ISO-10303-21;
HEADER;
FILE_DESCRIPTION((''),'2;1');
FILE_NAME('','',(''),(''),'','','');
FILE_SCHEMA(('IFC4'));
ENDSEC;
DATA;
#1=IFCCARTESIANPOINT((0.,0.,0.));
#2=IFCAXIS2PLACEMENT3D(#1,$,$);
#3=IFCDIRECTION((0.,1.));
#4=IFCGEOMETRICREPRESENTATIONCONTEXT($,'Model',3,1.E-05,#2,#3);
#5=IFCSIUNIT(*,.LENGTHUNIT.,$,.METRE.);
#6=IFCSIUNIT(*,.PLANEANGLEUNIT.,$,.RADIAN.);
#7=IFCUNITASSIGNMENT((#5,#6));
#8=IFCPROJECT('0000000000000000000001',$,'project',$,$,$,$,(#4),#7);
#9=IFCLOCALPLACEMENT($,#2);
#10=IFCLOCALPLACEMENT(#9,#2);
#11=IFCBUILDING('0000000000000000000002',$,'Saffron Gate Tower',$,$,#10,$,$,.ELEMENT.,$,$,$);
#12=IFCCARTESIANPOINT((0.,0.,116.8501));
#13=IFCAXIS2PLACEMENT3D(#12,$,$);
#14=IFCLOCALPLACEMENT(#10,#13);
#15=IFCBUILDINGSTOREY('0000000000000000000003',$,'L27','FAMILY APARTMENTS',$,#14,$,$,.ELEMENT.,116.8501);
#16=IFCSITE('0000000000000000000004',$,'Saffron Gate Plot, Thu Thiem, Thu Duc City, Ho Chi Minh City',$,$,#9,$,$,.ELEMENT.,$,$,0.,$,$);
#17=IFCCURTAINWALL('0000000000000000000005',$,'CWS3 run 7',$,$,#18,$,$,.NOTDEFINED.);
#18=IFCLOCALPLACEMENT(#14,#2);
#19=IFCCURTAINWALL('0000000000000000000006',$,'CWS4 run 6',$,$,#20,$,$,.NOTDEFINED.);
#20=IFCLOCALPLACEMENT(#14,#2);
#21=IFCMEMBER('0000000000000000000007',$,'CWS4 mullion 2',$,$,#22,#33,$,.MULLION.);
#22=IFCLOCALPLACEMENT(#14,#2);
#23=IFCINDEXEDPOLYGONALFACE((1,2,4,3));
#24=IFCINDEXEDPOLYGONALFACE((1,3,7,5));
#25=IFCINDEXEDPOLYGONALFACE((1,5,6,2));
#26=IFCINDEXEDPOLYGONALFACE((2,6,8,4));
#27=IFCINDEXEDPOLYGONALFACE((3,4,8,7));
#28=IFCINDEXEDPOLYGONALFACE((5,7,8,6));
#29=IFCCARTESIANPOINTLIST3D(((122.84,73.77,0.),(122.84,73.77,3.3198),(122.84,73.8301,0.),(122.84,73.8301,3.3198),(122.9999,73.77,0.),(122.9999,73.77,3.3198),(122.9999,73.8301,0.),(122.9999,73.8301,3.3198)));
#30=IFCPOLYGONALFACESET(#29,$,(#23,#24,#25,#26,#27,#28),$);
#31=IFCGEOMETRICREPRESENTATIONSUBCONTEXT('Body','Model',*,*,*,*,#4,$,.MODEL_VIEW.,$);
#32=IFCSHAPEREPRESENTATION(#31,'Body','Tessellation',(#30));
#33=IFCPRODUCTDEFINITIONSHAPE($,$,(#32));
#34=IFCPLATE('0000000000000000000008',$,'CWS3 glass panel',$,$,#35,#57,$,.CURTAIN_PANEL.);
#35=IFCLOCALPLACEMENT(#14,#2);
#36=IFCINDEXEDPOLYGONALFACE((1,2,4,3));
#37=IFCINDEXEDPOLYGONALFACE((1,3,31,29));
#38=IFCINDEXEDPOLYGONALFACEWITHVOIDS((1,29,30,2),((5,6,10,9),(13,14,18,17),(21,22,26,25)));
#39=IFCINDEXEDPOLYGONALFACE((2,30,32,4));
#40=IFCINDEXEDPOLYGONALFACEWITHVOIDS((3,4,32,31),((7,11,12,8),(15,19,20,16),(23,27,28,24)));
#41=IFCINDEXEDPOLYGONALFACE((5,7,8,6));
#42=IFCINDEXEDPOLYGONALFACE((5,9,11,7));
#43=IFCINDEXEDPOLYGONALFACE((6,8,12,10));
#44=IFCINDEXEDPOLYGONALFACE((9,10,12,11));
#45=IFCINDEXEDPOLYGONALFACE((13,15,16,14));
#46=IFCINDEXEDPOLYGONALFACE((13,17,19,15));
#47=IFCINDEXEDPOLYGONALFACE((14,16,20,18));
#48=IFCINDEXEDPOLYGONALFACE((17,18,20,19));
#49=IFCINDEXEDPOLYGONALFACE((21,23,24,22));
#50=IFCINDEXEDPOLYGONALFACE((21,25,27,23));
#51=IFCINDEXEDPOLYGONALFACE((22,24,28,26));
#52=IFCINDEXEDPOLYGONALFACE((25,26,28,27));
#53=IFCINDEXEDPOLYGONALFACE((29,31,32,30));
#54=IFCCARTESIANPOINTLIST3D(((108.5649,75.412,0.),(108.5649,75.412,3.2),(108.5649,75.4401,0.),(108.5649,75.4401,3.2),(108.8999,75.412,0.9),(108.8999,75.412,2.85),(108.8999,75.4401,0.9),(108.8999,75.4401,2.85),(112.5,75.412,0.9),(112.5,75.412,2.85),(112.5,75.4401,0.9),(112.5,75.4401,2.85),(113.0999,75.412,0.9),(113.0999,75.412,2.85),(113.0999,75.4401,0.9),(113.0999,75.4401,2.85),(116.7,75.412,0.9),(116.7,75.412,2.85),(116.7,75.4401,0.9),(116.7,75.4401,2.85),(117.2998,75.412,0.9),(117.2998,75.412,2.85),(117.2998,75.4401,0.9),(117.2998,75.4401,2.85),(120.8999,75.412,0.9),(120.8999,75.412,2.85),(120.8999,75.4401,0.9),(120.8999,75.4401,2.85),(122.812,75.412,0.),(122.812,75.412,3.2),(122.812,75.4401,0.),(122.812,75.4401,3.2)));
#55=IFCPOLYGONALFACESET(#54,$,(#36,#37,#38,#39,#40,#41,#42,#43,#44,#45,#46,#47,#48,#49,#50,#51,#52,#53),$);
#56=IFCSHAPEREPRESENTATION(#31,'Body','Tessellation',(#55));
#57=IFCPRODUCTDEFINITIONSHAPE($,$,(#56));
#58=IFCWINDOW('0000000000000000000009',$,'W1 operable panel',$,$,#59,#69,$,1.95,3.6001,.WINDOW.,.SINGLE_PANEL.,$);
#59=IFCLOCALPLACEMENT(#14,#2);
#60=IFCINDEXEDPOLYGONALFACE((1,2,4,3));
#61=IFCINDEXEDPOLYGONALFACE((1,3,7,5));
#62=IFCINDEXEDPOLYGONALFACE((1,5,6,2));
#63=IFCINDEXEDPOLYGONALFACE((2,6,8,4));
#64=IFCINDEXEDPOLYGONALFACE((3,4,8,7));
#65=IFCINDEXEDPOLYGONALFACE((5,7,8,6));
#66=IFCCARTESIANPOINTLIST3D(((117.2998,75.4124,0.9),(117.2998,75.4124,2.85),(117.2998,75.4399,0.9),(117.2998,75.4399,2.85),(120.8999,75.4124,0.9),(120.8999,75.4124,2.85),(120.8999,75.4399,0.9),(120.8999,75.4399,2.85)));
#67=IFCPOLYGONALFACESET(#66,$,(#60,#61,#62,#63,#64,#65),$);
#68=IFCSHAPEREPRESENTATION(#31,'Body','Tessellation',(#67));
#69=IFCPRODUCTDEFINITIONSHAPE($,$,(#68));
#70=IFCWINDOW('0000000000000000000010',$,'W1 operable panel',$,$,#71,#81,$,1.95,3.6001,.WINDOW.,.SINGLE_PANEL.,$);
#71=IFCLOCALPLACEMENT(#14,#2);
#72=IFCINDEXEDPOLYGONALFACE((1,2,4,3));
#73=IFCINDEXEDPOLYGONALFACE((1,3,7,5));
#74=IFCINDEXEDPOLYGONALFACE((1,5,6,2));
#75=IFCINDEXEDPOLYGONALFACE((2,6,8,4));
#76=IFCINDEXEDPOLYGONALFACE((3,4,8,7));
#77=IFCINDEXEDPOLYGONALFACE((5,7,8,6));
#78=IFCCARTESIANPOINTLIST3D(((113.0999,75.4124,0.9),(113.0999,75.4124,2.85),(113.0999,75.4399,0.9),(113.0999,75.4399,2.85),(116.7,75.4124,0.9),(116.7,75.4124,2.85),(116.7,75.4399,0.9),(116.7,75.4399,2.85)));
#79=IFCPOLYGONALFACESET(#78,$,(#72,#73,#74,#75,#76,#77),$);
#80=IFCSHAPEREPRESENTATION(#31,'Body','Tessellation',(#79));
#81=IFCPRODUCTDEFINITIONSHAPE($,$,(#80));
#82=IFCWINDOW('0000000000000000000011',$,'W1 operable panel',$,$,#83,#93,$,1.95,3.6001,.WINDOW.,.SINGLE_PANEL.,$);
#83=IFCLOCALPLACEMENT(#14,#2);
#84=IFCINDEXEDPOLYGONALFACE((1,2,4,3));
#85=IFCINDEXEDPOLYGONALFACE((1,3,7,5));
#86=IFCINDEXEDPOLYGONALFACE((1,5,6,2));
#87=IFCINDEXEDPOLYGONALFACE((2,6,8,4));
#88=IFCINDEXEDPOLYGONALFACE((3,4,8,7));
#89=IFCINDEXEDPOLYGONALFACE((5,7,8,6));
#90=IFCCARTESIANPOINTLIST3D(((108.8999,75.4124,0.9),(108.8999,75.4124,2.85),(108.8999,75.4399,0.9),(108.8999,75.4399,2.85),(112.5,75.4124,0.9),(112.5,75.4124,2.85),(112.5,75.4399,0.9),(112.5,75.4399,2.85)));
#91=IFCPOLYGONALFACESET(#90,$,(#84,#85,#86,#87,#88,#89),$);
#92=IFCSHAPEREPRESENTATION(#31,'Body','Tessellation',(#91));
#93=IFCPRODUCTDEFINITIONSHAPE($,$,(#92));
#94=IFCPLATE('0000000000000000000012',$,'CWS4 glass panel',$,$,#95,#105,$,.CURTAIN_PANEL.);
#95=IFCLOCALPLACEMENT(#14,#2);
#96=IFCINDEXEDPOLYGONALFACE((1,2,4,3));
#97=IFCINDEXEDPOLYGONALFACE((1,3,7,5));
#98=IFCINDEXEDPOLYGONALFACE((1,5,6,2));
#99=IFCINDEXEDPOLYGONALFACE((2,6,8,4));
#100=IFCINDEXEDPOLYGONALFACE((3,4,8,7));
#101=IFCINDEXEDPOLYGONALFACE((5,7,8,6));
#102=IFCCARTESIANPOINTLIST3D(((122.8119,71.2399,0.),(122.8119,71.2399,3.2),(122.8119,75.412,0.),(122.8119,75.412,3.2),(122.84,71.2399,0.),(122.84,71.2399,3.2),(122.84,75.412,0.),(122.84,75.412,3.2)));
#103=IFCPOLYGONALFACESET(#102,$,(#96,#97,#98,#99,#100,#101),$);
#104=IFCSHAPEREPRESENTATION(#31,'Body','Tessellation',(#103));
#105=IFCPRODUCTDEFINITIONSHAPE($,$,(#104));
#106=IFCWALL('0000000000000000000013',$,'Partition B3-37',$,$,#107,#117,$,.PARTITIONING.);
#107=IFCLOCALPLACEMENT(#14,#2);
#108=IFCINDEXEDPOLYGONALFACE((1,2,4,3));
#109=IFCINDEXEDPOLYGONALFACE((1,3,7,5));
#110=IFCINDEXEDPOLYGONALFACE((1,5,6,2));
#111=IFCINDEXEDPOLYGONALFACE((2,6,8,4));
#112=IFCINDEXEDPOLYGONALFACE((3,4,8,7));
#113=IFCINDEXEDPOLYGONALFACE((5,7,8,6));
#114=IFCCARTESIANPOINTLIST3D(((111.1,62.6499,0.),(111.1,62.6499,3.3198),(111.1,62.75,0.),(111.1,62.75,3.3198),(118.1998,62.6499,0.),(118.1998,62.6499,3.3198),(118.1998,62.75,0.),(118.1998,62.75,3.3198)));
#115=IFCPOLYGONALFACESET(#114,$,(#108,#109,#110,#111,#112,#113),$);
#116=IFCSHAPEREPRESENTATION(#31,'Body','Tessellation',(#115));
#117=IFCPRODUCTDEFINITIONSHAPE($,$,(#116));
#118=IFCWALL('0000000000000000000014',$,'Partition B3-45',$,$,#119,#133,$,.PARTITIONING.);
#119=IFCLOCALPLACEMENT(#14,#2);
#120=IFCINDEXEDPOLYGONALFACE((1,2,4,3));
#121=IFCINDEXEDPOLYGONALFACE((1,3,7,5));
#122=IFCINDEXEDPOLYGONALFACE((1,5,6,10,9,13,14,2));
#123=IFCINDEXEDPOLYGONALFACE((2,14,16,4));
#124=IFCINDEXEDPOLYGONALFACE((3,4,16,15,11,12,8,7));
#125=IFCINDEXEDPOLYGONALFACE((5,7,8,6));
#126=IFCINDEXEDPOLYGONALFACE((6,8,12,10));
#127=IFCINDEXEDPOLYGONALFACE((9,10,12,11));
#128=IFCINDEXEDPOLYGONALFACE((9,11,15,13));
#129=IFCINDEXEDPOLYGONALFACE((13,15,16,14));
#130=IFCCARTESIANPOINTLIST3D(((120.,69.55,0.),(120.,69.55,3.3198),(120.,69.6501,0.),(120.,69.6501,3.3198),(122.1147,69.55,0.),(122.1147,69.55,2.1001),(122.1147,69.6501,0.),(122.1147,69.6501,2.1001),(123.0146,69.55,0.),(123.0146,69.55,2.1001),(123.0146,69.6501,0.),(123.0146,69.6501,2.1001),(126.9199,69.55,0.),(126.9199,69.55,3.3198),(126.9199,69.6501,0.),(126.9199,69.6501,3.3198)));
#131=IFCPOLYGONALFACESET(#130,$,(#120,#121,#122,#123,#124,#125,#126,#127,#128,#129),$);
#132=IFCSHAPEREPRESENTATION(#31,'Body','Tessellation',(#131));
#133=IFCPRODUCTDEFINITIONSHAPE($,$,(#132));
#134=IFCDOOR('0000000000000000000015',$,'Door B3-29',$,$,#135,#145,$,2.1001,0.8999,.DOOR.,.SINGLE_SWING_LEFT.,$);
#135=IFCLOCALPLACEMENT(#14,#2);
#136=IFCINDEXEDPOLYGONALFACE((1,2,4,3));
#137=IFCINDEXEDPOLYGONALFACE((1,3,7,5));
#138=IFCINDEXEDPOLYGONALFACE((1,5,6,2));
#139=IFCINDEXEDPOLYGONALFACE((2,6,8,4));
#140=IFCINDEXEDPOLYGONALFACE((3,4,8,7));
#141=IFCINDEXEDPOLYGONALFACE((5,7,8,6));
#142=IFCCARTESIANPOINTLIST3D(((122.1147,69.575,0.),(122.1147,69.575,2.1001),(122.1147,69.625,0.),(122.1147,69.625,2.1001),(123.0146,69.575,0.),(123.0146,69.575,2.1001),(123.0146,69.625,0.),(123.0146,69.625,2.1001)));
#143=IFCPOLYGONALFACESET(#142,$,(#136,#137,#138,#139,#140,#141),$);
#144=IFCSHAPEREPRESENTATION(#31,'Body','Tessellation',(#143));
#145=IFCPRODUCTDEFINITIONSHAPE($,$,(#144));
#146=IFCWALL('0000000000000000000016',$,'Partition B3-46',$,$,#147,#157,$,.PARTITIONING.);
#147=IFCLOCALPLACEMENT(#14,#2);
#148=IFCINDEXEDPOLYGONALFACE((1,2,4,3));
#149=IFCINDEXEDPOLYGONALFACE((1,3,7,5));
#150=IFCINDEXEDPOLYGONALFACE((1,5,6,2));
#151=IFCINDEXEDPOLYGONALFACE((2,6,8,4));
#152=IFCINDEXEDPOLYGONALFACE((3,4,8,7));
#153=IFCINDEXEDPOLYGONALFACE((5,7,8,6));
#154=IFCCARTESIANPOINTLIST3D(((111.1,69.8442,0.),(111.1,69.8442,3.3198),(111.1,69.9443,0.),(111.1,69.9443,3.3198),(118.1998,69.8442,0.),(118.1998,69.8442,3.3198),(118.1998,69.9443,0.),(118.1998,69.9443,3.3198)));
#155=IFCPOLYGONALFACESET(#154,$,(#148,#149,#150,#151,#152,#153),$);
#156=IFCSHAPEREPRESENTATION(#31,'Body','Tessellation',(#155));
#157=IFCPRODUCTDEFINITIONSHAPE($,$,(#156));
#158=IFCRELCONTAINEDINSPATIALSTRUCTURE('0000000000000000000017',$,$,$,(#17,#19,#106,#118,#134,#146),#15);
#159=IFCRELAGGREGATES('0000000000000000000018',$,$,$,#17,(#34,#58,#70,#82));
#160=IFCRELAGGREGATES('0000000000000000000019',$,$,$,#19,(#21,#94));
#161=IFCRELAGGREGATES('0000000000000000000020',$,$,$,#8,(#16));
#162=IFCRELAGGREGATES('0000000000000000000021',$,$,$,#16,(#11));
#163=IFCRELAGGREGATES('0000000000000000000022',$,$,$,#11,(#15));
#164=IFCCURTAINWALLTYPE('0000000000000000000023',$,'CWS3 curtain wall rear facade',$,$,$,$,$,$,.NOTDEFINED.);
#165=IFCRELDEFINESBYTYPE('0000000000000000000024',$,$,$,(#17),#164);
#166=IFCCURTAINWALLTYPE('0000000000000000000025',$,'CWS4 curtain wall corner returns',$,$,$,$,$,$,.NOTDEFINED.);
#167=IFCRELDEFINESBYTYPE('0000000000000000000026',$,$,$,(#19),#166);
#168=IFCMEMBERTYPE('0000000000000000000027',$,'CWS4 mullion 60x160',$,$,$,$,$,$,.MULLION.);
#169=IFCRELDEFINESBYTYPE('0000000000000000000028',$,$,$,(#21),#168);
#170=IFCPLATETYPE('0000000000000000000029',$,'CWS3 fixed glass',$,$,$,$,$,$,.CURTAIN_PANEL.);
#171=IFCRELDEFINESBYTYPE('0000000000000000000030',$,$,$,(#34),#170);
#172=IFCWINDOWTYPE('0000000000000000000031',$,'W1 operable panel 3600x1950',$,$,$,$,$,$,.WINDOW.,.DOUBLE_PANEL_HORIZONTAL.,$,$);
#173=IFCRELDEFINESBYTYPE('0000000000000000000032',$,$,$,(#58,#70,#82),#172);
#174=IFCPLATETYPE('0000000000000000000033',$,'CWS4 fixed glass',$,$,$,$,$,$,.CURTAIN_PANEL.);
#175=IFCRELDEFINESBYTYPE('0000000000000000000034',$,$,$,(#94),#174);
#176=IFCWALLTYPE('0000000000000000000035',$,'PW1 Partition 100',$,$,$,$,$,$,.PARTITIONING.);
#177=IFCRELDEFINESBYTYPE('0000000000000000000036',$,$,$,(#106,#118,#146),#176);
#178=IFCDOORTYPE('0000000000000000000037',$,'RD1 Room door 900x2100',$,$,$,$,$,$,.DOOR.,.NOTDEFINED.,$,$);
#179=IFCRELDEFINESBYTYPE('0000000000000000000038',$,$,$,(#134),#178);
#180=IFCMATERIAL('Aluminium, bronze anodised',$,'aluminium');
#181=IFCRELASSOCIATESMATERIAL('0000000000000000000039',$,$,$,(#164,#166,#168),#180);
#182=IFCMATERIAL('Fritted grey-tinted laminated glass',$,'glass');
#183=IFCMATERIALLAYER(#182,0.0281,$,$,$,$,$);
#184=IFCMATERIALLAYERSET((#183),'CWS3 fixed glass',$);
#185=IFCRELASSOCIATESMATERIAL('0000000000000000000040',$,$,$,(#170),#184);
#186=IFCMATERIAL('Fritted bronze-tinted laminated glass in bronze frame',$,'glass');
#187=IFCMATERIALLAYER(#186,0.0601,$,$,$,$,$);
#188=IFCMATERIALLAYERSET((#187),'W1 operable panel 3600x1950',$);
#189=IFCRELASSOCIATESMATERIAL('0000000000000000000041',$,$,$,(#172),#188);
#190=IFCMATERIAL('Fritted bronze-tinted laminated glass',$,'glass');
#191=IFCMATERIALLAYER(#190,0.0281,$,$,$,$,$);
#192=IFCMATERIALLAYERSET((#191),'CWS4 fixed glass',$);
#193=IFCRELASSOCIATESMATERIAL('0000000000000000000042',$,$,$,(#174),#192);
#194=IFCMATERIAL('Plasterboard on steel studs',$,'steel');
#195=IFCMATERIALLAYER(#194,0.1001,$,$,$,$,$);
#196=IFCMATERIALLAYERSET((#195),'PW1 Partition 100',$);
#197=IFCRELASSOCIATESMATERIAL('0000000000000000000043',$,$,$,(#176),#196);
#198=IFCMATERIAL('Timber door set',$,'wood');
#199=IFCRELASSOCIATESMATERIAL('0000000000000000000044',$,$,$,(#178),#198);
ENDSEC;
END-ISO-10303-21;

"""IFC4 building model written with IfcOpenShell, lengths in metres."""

from ifc_helpers import new_model, si_unit, direction, frame, frame_2d, origin, origin_2d, place, context, subcontext, project, spatial, rectangle, extrude, material, layer, layer_set, material_profile, profile_set, type_object, element, fill, aggregate, save


model = new_model("IFC4")

# Units and contexts
model_context = context("Model", 3, precision=1e-05, world=origin(), true_north=direction((0.0, 1.0)))
body_context = subcontext(model_context, "Body", "Model", "MODEL_VIEW")
ifc_project = project(units=[si_unit("LENGTHUNIT", "METRE"), si_unit("PLANEANGLEUNIT", "RADIAN")], contexts=[model_context])

# Site, building, storey
site_placement = place(None, origin())
site = spatial("IfcSite", under=ifc_project, at=site_placement, Name="Saffron Gate Plot, Thu Thiem, Thu Duc City, Ho Chi Minh City", CompositionType="ELEMENT", RefElevation=0.0)
building_placement = place(site_placement, origin())
building = spatial("IfcBuilding", under=site, at=building_placement, Name="Saffron Gate Tower", CompositionType="ELEMENT")
storey_placement = place(building_placement, frame((0.0, 0.0, 116.8501)))
storey = spatial("IfcBuildingStorey", under=building, at=storey_placement, Name="L27", Description="FAMILY APARTMENTS", CompositionType="ELEMENT", Elevation=116.8501)

# Curtain walls, member
ifc_material_1 = material(Name="Aluminium, bronze anodised", Category="aluminium")
curtain_wall_type_1 = type_object("IfcCurtainWallType", Name="CWS3 curtain wall rear facade", PredefinedType="NOTDEFINED", material=ifc_material_1)
curtain_wall_1_placement = place(storey_placement, origin())
curtain_wall_1 = element("IfcCurtainWall", 1, at=curtain_wall_1_placement, inside=storey, type_object=curtain_wall_type_1, Name="CWS3 run 7", PredefinedType="NOTDEFINED")
curtain_wall_type_2 = type_object("IfcCurtainWallType", Name="CWS4 curtain wall corner returns", PredefinedType="NOTDEFINED", material=ifc_material_1)
curtain_wall_2_placement = place(storey_placement, origin())
curtain_wall_2 = element("IfcCurtainWall", 2, at=curtain_wall_2_placement, inside=storey, type_object=curtain_wall_type_2, Name="CWS4 run 6", PredefinedType="NOTDEFINED")
ifc_material_profile_1 = material_profile(ifc_material_1, rectangle(XDim=0.1599, YDim=0.0601, at=origin_2d()))
ifc_profile_set_1 = profile_set([ifc_material_profile_1], Name="Aluminium, bronze anodised")
member_type_1 = type_object("IfcMemberType", Name="CWS4 mullion 60x160", PredefinedType="MULLION", material=ifc_profile_set_1)
member_1_placement = place(storey_placement, frame((122.9199, 73.8, 0.0), z_axis=(0.0, 0.0, 1.0), x_axis=(-1.0, 0.0, 0.0)))
member_1 = element("IfcMember", 3, at=member_1_placement, type_object=member_type_1, Name="CWS4 mullion 2", PredefinedType="MULLION", context=body_context, shape_type="SweptSolid", body=[
    extrude(rectangle(XDim=0.1599, YDim=0.0601, at=origin_2d()), origin(), (0.0, 0.0, 1.0), 3.3198),
])

# Plate, openings, windows
ifc_material_2 = material(Name="Fritted grey-tinted laminated glass", Category="glass")
ifc_layer_1 = layer(ifc_material_2, 0.0281)
ifc_layer_set_1 = layer_set([ifc_layer_1], Name="CWS3 fixed glass")
plate_type_1 = type_object("IfcPlateType", Name="CWS3 fixed glass", PredefinedType="CURTAIN_PANEL", material=ifc_layer_set_1)
plate_1_placement = place(storey_placement, frame((122.812, 75.426, 0.0), z_axis=(0.0, 0.0, 1.0), x_axis=(-1.0, 0.0, 0.0)))
plate_1 = element("IfcPlate", 4, at=plate_1_placement, type_object=plate_type_1, Name="CWS3 glass panel", PredefinedType="CURTAIN_PANEL", context=body_context, shape_type="SweptSolid", body=[
    extrude(rectangle(XDim=14.2471, YDim=0.0281, at=frame_2d((7.1235, 0.0))), origin(), (0.0, 0.0, 1.0), 3.2),
])
opening_1_placement = place(plate_1_placement, frame((1.9121, 0.0, 0.8999)))
opening_1 = element("IfcOpeningElement", 5, at=opening_1_placement, cuts=plate_1, PredefinedType="OPENING", context=body_context, shape_type="SweptSolid", body=[
    extrude(rectangle(XDim=3.6001, YDim=1.95, at=frame_2d((1.8, 0.9751))), frame((0.0, 0.0239, 0.0), z_axis=(0.0, -1.0, 0.0), x_axis=(1.0, 0.0, 0.0)), (0.0, 0.0, 1.0), 0.0481),
])
opening_2_placement = place(plate_1_placement, frame((6.1121, 0.0, 0.8999)))
opening_2 = element("IfcOpeningElement", 6, at=opening_2_placement, cuts=plate_1, PredefinedType="OPENING", context=body_context, shape_type="SweptSolid", body=[
    extrude(rectangle(XDim=3.6001, YDim=1.95, at=frame_2d((1.8, 0.9751))), frame((0.0, 0.0239, 0.0), z_axis=(0.0, -1.0, 0.0), x_axis=(1.0, 0.0, 0.0)), (0.0, 0.0, 1.0), 0.0481),
])
opening_3_placement = place(plate_1_placement, frame((10.312, 0.0, 0.8999)))
opening_3 = element("IfcOpeningElement", 7, at=opening_3_placement, cuts=plate_1, PredefinedType="OPENING", context=body_context, shape_type="SweptSolid", body=[
    extrude(rectangle(XDim=3.6001, YDim=1.95, at=frame_2d((1.8, 0.9751))), frame((0.0, 0.0239, 0.0), z_axis=(0.0, -1.0, 0.0), x_axis=(1.0, 0.0, 0.0)), (0.0, 0.0, 1.0), 0.0481),
])
ifc_material_3 = material(Name="Fritted bronze-tinted laminated glass in bronze frame", Category="glass")
ifc_layer_2 = layer(ifc_material_3, 0.0601)
ifc_layer_set_2 = layer_set([ifc_layer_2], Name="W1 operable panel 3600x1950")
window_type = type_object("IfcWindowType", Name="W1 operable panel 3600x1950", PartitioningType="DOUBLE_PANEL_HORIZONTAL", PredefinedType="WINDOW", material=ifc_layer_set_2)
window_1_placement = place(opening_1_placement, origin())
window_1 = element("IfcWindow", 8, at=window_1_placement, type_object=window_type, Name="W1 operable panel", OverallHeight=1.95, OverallWidth=3.6001, PartitioningType="SINGLE_PANEL", PredefinedType="WINDOW", context=body_context, shape_type="SweptSolid", body=[
    extrude(rectangle(XDim=3.6001, YDim=1.95, at=frame_2d((1.8, 0.9751))), frame((0.0, 0.0137, 0.0), z_axis=(0.0, -1.0, 0.0), x_axis=(1.0, 0.0, 0.0)), (0.0, 0.0, 1.0), 0.0276),
])
fill(opening_1, window_1)
window_2_placement = place(opening_2_placement, origin())
window_2 = element("IfcWindow", 9, at=window_2_placement, type_object=window_type, Name="W1 operable panel", OverallHeight=1.95, OverallWidth=3.6001, PartitioningType="SINGLE_PANEL", PredefinedType="WINDOW", context=body_context, shape_type="SweptSolid", body=[
    extrude(rectangle(XDim=3.6001, YDim=1.95, at=frame_2d((1.8, 0.9751))), frame((0.0, 0.0137, 0.0), z_axis=(0.0, -1.0, 0.0), x_axis=(1.0, 0.0, 0.0)), (0.0, 0.0, 1.0), 0.0276),
])
fill(opening_2, window_2)
window_3_placement = place(opening_3_placement, origin())
window_3 = element("IfcWindow", 10, at=window_3_placement, type_object=window_type, Name="W1 operable panel", OverallHeight=1.95, OverallWidth=3.6001, PartitioningType="SINGLE_PANEL", PredefinedType="WINDOW", context=body_context, shape_type="SweptSolid", body=[
    extrude(rectangle(XDim=3.6001, YDim=1.95, at=frame_2d((1.8, 0.9751))), frame((0.0, 0.0137, 0.0), z_axis=(0.0, -1.0, 0.0), x_axis=(1.0, 0.0, 0.0)), (0.0, 0.0, 1.0), 0.0276),
])
fill(opening_3, window_3)
aggregate(curtain_wall_1, [plate_1, window_1, window_2, window_3])

# Plate
ifc_material_4 = material(Name="Fritted bronze-tinted laminated glass", Category="glass")
ifc_layer_3 = layer(ifc_material_4, 0.0281)
ifc_layer_set_3 = layer_set([ifc_layer_3], Name="CWS4 fixed glass")
plate_type_2 = type_object("IfcPlateType", Name="CWS4 fixed glass", PredefinedType="CURTAIN_PANEL", material=ifc_layer_set_3)
plate_2_placement = place(storey_placement, frame((122.8259, 71.24, 0.0), z_axis=(0.0, 0.0, 1.0), x_axis=(0.0, 1.0, 0.0)))
plate_2 = element("IfcPlate", 11, at=plate_2_placement, type_object=plate_type_2, Name="CWS4 glass panel", PredefinedType="CURTAIN_PANEL", context=body_context, shape_type="SweptSolid", body=[
    extrude(rectangle(XDim=4.1721, YDim=0.0281, at=frame_2d((2.0859, 0.0))), origin(), (0.0, 0.0, 1.0), 3.2),
])
aggregate(curtain_wall_2, [member_1, plate_2])

# Wall
ifc_material_5 = material(Name="Plasterboard on steel studs", Category="steel")
ifc_layer_4 = layer(ifc_material_5, 0.1001)
ifc_layer_set_4 = layer_set([ifc_layer_4], Name="PW1 Partition 100")
wall_type = type_object("IfcWallType", Name="PW1 Partition 100", PredefinedType="PARTITIONING", material=ifc_layer_set_4)
wall_1_placement = place(storey_placement, frame((111.1001, 62.7, 0.0), z_axis=(0.0, 0.0, 1.0), x_axis=(1.0, 0.0, 0.0)))
element("IfcWall", 12, at=wall_1_placement, inside=storey, type_object=wall_type, Name="Partition B3-37", PredefinedType="PARTITIONING", context=body_context, shape_type="SweptSolid", body=[
    extrude(rectangle(XDim=7.0999, YDim=0.1001, at=frame_2d((3.5498, 0.0))), origin(), (0.0, 0.0, 1.0), 3.3198),
])

# Wall, opening, door
wall_2_placement = place(storey_placement, frame((120.0, 69.6001, 0.0), z_axis=(0.0, 0.0, 1.0), x_axis=(1.0, 0.0, 0.0)))
wall_2 = element("IfcWall", 13, at=wall_2_placement, inside=storey, type_object=wall_type, Name="Partition B3-45", PredefinedType="PARTITIONING", context=body_context, shape_type="SweptSolid", body=[
    extrude(rectangle(XDim=6.9199, YDim=0.1001, at=frame_2d((3.46, 0.0))), origin(), (0.0, 0.0, 1.0), 3.3198),
])
opening_4_placement = place(wall_2_placement, frame((2.1147, 0.0, 0.0)))
opening_4 = element("IfcOpeningElement", 14, at=opening_4_placement, cuts=wall_2, PredefinedType="OPENING", context=body_context, shape_type="SweptSolid", body=[
    extrude(rectangle(XDim=0.8999, YDim=2.1001, at=frame_2d((0.45, 1.05))), frame((0.0, 0.0601, 0.0), z_axis=(0.0, -1.0, 0.0), x_axis=(1.0, 0.0, 0.0)), (0.0, 0.0, 1.0), 0.1201),
])
ifc_material_6 = material(Name="Timber door set", Category="wood")
door_type = type_object("IfcDoorType", Name="RD1 Room door 900x2100", OperationType="NOTDEFINED", PredefinedType="DOOR", material=ifc_material_6)
door_1_placement = place(opening_4_placement, origin())
door_1 = element("IfcDoor", 15, at=door_1_placement, inside=storey, type_object=door_type, Name="Door B3-29", OperationType="SINGLE_SWING_LEFT", OverallHeight=2.1001, OverallWidth=0.8999, PredefinedType="DOOR", context=body_context, shape_type="SweptSolid", body=[
    extrude(rectangle(XDim=0.8999, YDim=2.1001, at=frame_2d((0.45, 1.05))), frame((0.0, 0.0249, 0.0), z_axis=(0.0, -1.0, 0.0), x_axis=(1.0, 0.0, 0.0)), (0.0, 0.0, 1.0), 0.05),
])
fill(opening_4, door_1)

# Wall
wall_3_placement = place(storey_placement, frame((111.1001, 69.8943, 0.0), z_axis=(0.0, 0.0, 1.0), x_axis=(1.0, 0.0, 0.0)))
element("IfcWall", 16, at=wall_3_placement, inside=storey, type_object=wall_type, Name="Partition B3-46", PredefinedType="PARTITIONING", context=body_context, shape_type="SweptSolid", body=[
    extrude(rectangle(XDim=7.0999, YDim=0.1001, at=frame_2d((3.5498, 0.0))), origin(), (0.0, 0.0, 1.0), 3.3198),
])

save(model, "model.ifc")
